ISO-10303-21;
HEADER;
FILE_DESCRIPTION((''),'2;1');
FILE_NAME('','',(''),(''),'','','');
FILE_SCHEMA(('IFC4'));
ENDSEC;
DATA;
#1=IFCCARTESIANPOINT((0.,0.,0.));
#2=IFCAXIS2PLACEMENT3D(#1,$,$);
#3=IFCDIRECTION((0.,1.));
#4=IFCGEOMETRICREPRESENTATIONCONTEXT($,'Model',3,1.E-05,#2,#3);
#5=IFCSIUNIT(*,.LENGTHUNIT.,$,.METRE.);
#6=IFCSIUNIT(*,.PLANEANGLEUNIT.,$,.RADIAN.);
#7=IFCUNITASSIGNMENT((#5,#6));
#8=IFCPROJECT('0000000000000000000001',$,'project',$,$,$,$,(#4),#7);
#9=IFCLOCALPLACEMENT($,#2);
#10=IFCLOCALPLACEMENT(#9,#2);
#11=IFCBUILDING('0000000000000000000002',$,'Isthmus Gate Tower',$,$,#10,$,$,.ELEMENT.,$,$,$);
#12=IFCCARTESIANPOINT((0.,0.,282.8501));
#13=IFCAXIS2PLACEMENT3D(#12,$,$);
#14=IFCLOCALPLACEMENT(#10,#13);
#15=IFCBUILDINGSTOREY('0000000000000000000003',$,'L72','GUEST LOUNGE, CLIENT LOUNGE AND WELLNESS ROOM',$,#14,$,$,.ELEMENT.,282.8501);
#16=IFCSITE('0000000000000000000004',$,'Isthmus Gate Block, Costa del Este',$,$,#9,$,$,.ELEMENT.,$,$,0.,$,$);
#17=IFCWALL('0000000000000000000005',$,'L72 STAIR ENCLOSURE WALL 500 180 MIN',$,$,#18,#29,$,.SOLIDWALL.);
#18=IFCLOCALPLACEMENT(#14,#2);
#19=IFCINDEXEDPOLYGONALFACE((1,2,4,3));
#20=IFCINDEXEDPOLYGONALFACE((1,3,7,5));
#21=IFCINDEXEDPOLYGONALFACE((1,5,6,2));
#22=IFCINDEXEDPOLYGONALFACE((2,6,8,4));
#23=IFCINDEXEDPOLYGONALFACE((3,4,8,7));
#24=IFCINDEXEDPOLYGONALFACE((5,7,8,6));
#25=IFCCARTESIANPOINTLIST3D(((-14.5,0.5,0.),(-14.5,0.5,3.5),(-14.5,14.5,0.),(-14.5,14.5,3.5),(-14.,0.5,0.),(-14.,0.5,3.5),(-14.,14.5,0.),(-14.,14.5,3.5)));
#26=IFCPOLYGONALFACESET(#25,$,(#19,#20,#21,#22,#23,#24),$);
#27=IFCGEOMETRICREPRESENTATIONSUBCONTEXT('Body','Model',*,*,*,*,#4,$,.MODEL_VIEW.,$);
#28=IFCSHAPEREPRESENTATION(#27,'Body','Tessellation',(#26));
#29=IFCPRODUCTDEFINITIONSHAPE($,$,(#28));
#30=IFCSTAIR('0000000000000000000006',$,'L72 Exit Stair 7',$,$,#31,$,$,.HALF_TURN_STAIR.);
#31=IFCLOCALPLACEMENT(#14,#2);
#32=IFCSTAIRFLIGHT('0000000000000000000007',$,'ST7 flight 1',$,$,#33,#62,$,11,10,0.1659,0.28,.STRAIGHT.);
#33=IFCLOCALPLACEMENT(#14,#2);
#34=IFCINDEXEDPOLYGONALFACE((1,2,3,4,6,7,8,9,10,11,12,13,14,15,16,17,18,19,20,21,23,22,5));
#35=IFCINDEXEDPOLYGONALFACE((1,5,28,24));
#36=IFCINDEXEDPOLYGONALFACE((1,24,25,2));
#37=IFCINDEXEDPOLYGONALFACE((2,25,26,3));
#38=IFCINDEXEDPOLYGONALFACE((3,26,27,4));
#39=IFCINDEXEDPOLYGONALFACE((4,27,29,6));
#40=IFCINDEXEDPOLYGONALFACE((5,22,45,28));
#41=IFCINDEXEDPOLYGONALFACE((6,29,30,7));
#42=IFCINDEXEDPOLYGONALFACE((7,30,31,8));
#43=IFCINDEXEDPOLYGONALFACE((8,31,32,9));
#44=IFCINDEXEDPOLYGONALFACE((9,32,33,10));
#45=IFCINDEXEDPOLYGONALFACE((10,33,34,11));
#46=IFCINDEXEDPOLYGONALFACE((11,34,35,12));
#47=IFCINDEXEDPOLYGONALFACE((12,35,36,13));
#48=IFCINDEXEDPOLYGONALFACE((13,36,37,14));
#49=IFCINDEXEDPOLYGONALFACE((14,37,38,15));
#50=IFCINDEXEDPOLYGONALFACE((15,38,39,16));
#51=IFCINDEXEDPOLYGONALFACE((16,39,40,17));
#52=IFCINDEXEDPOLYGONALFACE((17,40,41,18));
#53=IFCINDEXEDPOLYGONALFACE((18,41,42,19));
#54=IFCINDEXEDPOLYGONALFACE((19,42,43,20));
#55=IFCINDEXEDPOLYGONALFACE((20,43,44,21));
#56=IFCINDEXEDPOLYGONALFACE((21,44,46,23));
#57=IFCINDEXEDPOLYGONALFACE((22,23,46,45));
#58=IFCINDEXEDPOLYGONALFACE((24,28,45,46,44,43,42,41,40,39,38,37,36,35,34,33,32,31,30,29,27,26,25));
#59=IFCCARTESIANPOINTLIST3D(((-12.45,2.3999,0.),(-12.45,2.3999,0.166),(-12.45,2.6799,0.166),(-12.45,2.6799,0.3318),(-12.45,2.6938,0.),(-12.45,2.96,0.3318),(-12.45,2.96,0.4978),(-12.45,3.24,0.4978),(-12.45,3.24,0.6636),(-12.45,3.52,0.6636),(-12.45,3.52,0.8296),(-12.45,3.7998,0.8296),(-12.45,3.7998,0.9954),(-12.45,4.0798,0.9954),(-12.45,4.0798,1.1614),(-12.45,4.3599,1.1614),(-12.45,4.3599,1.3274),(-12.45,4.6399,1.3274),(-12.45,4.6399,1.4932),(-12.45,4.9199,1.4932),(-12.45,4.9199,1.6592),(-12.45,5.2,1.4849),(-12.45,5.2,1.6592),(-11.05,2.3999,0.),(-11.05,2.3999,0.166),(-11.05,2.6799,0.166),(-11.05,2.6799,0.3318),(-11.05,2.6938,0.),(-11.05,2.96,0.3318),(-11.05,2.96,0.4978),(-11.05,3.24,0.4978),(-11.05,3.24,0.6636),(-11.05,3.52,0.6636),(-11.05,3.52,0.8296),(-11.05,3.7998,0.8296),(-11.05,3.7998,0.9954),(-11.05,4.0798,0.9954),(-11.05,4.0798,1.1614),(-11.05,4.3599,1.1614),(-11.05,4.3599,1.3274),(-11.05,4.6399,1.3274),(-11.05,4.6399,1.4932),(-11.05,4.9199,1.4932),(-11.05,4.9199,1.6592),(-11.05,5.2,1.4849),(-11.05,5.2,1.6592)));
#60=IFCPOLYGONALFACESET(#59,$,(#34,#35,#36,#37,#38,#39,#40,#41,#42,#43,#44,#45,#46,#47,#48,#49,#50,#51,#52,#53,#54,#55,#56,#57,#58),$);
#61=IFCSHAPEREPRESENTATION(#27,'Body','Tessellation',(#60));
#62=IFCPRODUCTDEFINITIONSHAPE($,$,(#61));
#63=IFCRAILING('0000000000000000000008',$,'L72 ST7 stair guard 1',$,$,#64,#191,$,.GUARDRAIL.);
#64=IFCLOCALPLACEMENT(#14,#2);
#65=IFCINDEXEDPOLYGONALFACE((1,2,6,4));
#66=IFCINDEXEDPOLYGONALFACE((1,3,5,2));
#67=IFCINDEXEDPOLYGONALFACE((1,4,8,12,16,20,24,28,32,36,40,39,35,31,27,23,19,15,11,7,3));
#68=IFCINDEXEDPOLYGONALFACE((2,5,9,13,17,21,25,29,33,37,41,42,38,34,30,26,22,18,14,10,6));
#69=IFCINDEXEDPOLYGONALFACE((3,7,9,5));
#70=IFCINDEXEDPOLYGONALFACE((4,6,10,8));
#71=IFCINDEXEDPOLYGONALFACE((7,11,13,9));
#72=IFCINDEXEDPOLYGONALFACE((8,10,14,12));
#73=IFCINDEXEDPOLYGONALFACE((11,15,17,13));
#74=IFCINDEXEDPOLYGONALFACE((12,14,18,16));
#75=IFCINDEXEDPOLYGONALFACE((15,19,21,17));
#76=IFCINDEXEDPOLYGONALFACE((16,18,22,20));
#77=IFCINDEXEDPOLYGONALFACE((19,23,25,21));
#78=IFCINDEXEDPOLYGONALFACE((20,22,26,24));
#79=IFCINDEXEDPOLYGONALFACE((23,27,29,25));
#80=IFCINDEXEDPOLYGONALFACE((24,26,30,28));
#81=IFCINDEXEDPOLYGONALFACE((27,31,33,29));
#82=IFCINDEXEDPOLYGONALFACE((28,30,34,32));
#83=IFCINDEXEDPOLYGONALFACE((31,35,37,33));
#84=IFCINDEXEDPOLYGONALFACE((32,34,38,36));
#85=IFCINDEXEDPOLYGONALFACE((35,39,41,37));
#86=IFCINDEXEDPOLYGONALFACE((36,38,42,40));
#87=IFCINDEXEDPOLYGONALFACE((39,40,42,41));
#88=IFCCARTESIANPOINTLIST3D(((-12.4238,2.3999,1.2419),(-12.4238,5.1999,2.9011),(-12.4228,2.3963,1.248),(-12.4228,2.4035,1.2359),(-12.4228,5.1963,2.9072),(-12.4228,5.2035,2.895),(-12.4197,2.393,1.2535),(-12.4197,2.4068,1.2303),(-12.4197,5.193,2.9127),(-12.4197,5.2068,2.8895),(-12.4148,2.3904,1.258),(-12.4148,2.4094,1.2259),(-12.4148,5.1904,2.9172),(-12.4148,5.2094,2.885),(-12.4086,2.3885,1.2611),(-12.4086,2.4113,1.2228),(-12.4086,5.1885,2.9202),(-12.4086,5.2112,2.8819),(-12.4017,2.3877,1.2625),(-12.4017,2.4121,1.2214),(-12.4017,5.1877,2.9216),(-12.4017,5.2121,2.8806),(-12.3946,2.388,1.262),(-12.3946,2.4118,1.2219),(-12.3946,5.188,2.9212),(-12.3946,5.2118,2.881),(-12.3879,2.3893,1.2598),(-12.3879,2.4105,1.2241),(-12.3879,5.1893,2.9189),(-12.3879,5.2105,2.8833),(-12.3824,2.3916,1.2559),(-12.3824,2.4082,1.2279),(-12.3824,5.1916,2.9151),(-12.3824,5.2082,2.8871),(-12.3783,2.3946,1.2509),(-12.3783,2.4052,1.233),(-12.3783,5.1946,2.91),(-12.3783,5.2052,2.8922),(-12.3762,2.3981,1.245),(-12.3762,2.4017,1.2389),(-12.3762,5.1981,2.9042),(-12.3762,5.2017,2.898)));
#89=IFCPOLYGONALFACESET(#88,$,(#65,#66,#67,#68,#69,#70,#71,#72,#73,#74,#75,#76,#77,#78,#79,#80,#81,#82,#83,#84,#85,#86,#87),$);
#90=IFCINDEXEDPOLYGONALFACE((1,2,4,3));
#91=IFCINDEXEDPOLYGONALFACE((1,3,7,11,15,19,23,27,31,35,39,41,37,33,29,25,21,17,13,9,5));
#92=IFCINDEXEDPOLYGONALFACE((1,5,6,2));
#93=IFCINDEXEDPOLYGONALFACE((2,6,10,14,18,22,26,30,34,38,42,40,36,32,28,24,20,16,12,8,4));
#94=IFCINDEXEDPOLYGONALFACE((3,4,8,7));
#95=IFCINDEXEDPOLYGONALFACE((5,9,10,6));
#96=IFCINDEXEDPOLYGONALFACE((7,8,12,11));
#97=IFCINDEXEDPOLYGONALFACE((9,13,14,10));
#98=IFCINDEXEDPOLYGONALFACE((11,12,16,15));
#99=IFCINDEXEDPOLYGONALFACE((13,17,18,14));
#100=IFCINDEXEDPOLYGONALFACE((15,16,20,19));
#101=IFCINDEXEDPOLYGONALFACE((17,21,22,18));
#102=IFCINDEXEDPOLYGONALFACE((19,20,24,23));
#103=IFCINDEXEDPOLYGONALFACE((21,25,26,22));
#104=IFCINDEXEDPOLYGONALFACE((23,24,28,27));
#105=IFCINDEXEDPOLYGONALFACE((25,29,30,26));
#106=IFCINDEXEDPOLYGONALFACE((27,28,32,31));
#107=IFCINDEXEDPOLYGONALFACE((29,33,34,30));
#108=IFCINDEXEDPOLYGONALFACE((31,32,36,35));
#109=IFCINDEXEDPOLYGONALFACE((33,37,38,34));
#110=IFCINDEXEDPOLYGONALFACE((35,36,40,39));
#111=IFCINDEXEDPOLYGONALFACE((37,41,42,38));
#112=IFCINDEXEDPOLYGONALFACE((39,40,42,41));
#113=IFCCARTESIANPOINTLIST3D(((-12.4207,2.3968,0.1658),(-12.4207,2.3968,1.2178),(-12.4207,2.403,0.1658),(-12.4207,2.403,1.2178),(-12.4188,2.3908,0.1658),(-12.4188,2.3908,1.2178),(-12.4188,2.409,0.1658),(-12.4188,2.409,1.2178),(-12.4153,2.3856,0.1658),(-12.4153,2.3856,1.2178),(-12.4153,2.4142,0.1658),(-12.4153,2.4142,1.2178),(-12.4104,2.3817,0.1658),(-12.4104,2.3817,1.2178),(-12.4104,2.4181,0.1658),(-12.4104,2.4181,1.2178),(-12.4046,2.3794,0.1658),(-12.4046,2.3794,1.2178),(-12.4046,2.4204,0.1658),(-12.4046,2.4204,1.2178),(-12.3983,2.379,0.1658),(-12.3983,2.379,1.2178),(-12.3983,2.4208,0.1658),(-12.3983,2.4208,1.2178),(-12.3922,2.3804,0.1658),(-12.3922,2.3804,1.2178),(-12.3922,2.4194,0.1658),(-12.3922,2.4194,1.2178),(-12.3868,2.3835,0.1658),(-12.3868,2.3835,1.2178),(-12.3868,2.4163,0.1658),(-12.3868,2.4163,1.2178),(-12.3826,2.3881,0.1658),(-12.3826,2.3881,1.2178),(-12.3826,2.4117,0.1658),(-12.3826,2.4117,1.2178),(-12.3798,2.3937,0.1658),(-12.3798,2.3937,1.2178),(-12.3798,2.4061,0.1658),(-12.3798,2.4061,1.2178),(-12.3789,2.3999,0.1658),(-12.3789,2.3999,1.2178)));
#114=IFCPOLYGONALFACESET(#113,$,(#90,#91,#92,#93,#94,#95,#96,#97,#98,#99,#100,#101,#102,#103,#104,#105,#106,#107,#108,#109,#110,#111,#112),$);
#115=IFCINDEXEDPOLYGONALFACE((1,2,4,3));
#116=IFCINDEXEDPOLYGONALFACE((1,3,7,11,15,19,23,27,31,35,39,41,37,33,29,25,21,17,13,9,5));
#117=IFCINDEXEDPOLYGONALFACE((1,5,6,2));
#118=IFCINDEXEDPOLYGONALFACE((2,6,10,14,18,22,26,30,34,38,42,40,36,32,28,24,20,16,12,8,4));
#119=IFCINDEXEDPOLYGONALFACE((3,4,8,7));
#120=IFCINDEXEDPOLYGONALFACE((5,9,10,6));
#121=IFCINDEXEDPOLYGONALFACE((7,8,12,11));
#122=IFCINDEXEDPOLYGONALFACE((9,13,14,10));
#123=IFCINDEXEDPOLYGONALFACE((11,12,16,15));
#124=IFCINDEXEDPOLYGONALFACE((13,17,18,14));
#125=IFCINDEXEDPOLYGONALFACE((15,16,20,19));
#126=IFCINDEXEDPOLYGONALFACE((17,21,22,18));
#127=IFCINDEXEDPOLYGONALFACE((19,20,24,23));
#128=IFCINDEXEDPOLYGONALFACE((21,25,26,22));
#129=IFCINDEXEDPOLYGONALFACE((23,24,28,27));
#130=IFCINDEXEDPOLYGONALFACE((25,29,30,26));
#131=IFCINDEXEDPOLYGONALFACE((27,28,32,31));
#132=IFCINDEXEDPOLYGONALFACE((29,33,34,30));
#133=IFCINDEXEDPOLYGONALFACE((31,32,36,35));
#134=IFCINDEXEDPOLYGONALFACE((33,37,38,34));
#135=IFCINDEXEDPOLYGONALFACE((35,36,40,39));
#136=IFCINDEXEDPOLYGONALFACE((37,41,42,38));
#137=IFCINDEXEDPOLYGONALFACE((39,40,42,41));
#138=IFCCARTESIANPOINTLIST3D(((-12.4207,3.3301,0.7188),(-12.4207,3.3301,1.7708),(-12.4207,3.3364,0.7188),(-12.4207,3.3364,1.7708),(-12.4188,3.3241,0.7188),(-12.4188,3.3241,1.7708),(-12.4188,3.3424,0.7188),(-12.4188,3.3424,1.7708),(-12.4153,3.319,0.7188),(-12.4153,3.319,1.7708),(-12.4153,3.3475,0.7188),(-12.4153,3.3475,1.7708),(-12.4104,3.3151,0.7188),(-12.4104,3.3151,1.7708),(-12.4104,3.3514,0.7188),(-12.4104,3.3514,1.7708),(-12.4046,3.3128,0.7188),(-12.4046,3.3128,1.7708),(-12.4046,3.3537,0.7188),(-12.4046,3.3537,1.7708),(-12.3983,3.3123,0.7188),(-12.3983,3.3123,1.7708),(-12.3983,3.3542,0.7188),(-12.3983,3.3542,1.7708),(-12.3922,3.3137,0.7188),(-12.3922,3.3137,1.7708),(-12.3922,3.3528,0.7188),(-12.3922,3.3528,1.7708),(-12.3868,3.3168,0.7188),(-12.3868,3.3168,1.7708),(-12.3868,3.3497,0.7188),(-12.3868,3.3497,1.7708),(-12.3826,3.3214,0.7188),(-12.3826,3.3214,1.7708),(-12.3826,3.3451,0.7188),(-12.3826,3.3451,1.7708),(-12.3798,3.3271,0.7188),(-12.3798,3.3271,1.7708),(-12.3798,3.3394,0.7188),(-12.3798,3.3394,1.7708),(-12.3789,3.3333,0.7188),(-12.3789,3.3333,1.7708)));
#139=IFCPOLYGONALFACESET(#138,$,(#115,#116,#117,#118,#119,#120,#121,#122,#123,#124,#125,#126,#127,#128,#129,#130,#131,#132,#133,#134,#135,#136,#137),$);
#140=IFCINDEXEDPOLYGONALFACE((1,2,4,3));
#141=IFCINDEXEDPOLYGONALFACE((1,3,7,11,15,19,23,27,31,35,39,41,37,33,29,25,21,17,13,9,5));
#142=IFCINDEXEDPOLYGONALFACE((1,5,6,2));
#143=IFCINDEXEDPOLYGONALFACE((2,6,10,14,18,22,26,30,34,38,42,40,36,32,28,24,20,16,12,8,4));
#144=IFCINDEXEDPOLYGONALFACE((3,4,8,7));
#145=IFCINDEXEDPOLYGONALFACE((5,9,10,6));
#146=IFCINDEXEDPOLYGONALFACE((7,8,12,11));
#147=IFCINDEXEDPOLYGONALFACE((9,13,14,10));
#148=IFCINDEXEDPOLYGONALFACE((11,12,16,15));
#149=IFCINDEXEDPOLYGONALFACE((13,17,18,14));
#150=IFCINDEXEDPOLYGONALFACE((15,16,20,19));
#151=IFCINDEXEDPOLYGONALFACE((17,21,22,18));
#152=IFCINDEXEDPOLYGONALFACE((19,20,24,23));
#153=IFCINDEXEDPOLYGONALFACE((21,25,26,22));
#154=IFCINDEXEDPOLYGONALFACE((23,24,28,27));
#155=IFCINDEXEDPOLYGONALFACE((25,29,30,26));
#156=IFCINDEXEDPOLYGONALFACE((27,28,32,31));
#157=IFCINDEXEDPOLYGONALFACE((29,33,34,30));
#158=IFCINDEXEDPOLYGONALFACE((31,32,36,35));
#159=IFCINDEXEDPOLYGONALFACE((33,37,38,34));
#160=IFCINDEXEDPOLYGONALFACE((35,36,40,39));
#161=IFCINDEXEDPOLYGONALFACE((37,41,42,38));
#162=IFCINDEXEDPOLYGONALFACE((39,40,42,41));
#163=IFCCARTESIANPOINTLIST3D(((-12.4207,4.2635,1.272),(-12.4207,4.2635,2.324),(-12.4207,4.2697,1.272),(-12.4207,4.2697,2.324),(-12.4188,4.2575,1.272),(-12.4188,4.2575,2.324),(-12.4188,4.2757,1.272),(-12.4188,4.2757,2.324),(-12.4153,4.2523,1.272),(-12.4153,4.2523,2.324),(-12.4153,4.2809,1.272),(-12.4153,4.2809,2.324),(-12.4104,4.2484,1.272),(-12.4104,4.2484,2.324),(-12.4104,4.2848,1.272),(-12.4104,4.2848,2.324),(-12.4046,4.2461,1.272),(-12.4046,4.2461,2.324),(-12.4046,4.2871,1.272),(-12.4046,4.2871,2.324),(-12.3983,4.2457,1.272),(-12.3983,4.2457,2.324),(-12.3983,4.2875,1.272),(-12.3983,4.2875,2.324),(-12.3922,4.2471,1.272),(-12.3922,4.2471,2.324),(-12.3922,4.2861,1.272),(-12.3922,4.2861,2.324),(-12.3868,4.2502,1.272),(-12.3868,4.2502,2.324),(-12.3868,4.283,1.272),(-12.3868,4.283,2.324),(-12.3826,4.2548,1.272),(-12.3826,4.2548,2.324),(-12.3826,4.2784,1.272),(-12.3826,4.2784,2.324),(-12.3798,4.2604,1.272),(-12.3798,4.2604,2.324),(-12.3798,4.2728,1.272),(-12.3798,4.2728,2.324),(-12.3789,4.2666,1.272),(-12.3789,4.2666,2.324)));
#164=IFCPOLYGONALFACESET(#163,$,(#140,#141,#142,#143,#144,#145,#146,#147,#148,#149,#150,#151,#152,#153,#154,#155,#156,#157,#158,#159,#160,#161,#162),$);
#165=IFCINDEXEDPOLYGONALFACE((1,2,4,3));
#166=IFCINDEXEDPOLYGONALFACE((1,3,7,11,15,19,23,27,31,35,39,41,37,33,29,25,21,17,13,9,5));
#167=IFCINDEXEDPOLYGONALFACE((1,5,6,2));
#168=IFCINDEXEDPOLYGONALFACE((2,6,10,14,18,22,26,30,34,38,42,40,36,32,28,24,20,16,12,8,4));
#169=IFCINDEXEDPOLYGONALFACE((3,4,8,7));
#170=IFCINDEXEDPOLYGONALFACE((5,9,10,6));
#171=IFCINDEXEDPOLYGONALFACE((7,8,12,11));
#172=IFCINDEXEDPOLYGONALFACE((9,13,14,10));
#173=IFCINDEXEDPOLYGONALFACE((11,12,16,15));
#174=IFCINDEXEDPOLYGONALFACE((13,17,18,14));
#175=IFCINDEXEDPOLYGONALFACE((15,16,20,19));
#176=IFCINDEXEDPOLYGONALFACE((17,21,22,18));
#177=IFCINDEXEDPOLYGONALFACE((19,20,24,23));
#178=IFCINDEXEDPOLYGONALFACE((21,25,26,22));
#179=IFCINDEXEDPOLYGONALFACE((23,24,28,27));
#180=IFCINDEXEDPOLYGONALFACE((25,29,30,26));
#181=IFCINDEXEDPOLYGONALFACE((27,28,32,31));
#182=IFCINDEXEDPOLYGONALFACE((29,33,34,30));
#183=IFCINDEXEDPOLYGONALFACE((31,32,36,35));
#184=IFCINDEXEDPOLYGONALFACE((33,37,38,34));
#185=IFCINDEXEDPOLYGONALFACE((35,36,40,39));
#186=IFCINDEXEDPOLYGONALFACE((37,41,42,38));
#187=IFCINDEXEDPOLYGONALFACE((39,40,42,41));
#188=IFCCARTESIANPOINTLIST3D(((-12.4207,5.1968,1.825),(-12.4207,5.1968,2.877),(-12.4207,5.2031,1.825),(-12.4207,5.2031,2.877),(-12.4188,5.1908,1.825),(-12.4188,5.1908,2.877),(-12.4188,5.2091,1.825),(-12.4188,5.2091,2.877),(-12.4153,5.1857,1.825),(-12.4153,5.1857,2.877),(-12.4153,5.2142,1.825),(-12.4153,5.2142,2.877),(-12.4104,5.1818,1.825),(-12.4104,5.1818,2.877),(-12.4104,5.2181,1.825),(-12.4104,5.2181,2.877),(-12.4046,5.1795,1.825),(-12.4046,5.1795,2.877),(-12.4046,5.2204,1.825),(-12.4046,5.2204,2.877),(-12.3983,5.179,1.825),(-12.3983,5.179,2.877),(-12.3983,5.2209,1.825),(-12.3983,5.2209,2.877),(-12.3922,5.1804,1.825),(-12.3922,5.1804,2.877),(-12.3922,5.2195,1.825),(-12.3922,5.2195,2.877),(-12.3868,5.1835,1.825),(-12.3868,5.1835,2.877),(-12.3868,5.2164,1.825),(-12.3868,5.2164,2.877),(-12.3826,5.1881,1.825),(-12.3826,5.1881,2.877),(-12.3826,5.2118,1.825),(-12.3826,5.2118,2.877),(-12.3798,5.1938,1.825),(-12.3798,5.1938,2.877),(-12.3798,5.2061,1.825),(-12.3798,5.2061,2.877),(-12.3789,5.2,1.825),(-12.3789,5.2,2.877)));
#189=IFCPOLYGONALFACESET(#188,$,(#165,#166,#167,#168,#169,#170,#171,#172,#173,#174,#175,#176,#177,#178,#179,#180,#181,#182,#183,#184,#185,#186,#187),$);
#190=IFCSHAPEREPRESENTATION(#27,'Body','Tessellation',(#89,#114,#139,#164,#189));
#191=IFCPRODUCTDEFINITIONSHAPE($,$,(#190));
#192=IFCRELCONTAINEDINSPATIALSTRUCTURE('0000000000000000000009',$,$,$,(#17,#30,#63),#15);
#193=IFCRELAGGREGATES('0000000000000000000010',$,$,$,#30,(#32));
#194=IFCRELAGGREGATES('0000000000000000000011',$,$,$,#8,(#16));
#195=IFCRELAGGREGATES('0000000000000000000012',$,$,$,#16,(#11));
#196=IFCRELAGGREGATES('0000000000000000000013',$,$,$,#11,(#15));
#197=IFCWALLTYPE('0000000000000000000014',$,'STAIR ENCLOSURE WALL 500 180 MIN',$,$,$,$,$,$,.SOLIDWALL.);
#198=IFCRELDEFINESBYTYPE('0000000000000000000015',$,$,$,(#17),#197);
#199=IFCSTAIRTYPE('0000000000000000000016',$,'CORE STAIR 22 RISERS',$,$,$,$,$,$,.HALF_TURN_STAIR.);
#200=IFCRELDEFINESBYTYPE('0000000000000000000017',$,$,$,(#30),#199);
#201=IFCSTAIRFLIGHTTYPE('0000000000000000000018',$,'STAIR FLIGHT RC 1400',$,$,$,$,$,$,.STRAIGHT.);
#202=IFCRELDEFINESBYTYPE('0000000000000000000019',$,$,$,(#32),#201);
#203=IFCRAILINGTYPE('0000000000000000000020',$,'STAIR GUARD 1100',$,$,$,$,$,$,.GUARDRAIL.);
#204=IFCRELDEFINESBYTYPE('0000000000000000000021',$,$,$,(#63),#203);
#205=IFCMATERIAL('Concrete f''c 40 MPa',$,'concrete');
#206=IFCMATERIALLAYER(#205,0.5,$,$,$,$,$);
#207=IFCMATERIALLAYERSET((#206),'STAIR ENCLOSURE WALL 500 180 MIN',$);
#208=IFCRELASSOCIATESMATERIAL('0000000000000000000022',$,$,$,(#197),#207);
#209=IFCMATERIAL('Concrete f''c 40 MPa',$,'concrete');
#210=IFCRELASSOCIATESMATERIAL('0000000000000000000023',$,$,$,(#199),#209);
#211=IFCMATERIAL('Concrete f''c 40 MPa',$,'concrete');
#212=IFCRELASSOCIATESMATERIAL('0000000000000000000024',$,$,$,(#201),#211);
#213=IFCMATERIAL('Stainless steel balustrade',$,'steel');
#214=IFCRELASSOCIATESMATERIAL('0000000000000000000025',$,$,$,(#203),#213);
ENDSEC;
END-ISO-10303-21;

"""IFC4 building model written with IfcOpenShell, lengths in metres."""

from ifc_helpers import new_model, si_unit, direction, frame, frame_2d, origin, origin_2d, place, context, subcontext, project, spatial, polyline, rectangle, circle, outline, extrude, material, layer, layer_set, type_object, element, aggregate, save


model = new_model("IFC4")

# Units and contexts
model_context = context("Model", 3, precision=1e-05, world=origin(), true_north=direction((0.0, 1.0)))
body_context = subcontext(model_context, "Body", "Model", "MODEL_VIEW")
ifc_project = project(units=[si_unit("LENGTHUNIT", "METRE"), si_unit("PLANEANGLEUNIT", "RADIAN")], contexts=[model_context])

# Site, building, storey
site_placement = place(None, origin())
site = spatial("IfcSite", under=ifc_project, at=site_placement, Name="Isthmus Gate Block, Costa del Este", CompositionType="ELEMENT", RefElevation=0.0)
building_placement = place(site_placement, origin())
building = spatial("IfcBuilding", under=site, at=building_placement, Name="Isthmus Gate Tower", CompositionType="ELEMENT")
storey_placement = place(building_placement, frame((0.0, 0.0, 282.8501)))
storey = spatial("IfcBuildingStorey", under=building, at=storey_placement, Name="L72", Description="GUEST LOUNGE, CLIENT LOUNGE AND WELLNESS ROOM", CompositionType="ELEMENT", Elevation=282.8501)

# Wall
ifc_material_1 = material(Name="Concrete f'c 40 MPa", Category="concrete")
ifc_layer_1 = layer(ifc_material_1, 0.5)
ifc_layer_set_1 = layer_set([ifc_layer_1], Name="STAIR ENCLOSURE WALL 500 180 MIN")
wall_type_1 = type_object("IfcWallType", Name="STAIR ENCLOSURE WALL 500 180 MIN", PredefinedType="SOLIDWALL", material=ifc_layer_set_1)
wall_1_placement = place(storey_placement, frame((-14.25, 0.5, 0.0), z_axis=(0.0, 0.0, 1.0), x_axis=(0.0, 1.0, 0.0)))
element("IfcWall", 1, at=wall_1_placement, inside=storey, type_object=wall_type_1, Name="L72 STAIR ENCLOSURE WALL 500 180 MIN", PredefinedType="SOLIDWALL", context=body_context, shape_type="SweptSolid", body=[
    extrude(rectangle(XDim=14.0, YDim=0.5, at=frame_2d((7.0, 0.0))), origin(), (0.0, 0.0, 1.0), 3.5),
])

# Stair, stair flight
ifc_material_2 = material(Name="Concrete f'c 40 MPa", Category="concrete")
stair_type = type_object("IfcStairType", Name="CORE STAIR 22 RISERS", PredefinedType="HALF_TURN_STAIR", material=ifc_material_2)
stair_placement = place(storey_placement, origin())
stair = element("IfcStair", 2, at=stair_placement, inside=storey, type_object=stair_type, Name="L72 Exit Stair 7", PredefinedType="HALF_TURN_STAIR")
ifc_material_3 = material(Name="Concrete f'c 40 MPa", Category="concrete")
stair_flight_type = type_object("IfcStairFlightType", Name="STAIR FLIGHT RC 1400", PredefinedType="STRAIGHT", material=ifc_material_3)
stair_flight_placement = place(storey_placement, frame((-11.75, 2.3999, 0.0), z_axis=(0.0, 0.0, 1.0), x_axis=(0.0, 1.0, 0.0)))
stair_flight = element("IfcStairFlight", 3, at=stair_flight_placement, type_object=stair_flight_type, Name="ST7 flight 1", NumberOfRisers=11, NumberOfTreads=10, PredefinedType="STRAIGHT", RiserHeight=0.1659, TreadLength=0.28, context=body_context, shape_type="SweptSolid", body=[
    extrude(outline(polyline([(0.0, 0.0), (0.0, 0.166), (0.28, 0.166), (0.28, 0.3318), (0.5601, 0.3318), (0.5601, 0.4978), (0.8401, 0.4978), (0.8401, 0.6636), (1.1201, 0.6636), (1.1201, 0.8296), (1.3999, 0.8296), (1.3999, 0.9954), (1.6799, 0.9954), (1.6799, 1.1614), (1.96, 1.1614), (1.96, 1.3274), (2.24, 1.3274), (2.24, 1.4932), (2.52, 1.4932), (2.52, 1.6592), (2.8, 1.6592), (2.8, 1.825), (2.8, 1.4849), (0.2939, 0.0), (0.0, 0.0)])), frame((0.0, 0.7, 0.0), z_axis=(0.0, -1.0, 0.0), x_axis=(1.0, 0.0, 0.0)), (0.0, 0.0, 1.0), 1.3999),
])
aggregate(stair, [stair_flight])

# Railing
ifc_material_4 = material(Name="Stainless steel balustrade", Category="steel")
railing_type_1 = type_object("IfcRailingType", Name="STAIR GUARD 1100", PredefinedType="GUARDRAIL", material=ifc_material_4)
railing_1_placement = place(storey_placement, frame((-12.3999, 2.3999, 0.1658)))
element("IfcRailing", 4, at=railing_1_placement, inside=storey, type_object=railing_type_1, Name="L72 ST7 stair guard 1", PredefinedType="GUARDRAIL", context=body_context, shape_type="SweptSolid", body=[
    extrude(circle(Radius=0.0239, at=origin_2d()), frame((0.0, 0.0, 1.0762), z_axis=(0.0, 0.860306, 0.509778), x_axis=(-1.0, 0.0, 0.0)), (0.0, 0.0, 1.0), 3.2546),
    extrude(circle(Radius=0.021, at=origin_2d()), origin(), (0.0, 0.0, 1.0), 1.052),
    extrude(circle(Radius=0.021, at=origin_2d()), frame((0.0, 0.9333, 0.553)), (0.0, 0.0, 1.0), 1.052),
    extrude(circle(Radius=0.021, at=origin_2d()), frame((0.0, 1.8667, 1.1062)), (0.0, 0.0, 1.0), 1.052),
    extrude(circle(Radius=0.021, at=origin_2d()), frame((0.0, 2.8, 1.6592)), (0.0, 0.0, 1.0), 1.052),
])

save(model, "model.ifc")
